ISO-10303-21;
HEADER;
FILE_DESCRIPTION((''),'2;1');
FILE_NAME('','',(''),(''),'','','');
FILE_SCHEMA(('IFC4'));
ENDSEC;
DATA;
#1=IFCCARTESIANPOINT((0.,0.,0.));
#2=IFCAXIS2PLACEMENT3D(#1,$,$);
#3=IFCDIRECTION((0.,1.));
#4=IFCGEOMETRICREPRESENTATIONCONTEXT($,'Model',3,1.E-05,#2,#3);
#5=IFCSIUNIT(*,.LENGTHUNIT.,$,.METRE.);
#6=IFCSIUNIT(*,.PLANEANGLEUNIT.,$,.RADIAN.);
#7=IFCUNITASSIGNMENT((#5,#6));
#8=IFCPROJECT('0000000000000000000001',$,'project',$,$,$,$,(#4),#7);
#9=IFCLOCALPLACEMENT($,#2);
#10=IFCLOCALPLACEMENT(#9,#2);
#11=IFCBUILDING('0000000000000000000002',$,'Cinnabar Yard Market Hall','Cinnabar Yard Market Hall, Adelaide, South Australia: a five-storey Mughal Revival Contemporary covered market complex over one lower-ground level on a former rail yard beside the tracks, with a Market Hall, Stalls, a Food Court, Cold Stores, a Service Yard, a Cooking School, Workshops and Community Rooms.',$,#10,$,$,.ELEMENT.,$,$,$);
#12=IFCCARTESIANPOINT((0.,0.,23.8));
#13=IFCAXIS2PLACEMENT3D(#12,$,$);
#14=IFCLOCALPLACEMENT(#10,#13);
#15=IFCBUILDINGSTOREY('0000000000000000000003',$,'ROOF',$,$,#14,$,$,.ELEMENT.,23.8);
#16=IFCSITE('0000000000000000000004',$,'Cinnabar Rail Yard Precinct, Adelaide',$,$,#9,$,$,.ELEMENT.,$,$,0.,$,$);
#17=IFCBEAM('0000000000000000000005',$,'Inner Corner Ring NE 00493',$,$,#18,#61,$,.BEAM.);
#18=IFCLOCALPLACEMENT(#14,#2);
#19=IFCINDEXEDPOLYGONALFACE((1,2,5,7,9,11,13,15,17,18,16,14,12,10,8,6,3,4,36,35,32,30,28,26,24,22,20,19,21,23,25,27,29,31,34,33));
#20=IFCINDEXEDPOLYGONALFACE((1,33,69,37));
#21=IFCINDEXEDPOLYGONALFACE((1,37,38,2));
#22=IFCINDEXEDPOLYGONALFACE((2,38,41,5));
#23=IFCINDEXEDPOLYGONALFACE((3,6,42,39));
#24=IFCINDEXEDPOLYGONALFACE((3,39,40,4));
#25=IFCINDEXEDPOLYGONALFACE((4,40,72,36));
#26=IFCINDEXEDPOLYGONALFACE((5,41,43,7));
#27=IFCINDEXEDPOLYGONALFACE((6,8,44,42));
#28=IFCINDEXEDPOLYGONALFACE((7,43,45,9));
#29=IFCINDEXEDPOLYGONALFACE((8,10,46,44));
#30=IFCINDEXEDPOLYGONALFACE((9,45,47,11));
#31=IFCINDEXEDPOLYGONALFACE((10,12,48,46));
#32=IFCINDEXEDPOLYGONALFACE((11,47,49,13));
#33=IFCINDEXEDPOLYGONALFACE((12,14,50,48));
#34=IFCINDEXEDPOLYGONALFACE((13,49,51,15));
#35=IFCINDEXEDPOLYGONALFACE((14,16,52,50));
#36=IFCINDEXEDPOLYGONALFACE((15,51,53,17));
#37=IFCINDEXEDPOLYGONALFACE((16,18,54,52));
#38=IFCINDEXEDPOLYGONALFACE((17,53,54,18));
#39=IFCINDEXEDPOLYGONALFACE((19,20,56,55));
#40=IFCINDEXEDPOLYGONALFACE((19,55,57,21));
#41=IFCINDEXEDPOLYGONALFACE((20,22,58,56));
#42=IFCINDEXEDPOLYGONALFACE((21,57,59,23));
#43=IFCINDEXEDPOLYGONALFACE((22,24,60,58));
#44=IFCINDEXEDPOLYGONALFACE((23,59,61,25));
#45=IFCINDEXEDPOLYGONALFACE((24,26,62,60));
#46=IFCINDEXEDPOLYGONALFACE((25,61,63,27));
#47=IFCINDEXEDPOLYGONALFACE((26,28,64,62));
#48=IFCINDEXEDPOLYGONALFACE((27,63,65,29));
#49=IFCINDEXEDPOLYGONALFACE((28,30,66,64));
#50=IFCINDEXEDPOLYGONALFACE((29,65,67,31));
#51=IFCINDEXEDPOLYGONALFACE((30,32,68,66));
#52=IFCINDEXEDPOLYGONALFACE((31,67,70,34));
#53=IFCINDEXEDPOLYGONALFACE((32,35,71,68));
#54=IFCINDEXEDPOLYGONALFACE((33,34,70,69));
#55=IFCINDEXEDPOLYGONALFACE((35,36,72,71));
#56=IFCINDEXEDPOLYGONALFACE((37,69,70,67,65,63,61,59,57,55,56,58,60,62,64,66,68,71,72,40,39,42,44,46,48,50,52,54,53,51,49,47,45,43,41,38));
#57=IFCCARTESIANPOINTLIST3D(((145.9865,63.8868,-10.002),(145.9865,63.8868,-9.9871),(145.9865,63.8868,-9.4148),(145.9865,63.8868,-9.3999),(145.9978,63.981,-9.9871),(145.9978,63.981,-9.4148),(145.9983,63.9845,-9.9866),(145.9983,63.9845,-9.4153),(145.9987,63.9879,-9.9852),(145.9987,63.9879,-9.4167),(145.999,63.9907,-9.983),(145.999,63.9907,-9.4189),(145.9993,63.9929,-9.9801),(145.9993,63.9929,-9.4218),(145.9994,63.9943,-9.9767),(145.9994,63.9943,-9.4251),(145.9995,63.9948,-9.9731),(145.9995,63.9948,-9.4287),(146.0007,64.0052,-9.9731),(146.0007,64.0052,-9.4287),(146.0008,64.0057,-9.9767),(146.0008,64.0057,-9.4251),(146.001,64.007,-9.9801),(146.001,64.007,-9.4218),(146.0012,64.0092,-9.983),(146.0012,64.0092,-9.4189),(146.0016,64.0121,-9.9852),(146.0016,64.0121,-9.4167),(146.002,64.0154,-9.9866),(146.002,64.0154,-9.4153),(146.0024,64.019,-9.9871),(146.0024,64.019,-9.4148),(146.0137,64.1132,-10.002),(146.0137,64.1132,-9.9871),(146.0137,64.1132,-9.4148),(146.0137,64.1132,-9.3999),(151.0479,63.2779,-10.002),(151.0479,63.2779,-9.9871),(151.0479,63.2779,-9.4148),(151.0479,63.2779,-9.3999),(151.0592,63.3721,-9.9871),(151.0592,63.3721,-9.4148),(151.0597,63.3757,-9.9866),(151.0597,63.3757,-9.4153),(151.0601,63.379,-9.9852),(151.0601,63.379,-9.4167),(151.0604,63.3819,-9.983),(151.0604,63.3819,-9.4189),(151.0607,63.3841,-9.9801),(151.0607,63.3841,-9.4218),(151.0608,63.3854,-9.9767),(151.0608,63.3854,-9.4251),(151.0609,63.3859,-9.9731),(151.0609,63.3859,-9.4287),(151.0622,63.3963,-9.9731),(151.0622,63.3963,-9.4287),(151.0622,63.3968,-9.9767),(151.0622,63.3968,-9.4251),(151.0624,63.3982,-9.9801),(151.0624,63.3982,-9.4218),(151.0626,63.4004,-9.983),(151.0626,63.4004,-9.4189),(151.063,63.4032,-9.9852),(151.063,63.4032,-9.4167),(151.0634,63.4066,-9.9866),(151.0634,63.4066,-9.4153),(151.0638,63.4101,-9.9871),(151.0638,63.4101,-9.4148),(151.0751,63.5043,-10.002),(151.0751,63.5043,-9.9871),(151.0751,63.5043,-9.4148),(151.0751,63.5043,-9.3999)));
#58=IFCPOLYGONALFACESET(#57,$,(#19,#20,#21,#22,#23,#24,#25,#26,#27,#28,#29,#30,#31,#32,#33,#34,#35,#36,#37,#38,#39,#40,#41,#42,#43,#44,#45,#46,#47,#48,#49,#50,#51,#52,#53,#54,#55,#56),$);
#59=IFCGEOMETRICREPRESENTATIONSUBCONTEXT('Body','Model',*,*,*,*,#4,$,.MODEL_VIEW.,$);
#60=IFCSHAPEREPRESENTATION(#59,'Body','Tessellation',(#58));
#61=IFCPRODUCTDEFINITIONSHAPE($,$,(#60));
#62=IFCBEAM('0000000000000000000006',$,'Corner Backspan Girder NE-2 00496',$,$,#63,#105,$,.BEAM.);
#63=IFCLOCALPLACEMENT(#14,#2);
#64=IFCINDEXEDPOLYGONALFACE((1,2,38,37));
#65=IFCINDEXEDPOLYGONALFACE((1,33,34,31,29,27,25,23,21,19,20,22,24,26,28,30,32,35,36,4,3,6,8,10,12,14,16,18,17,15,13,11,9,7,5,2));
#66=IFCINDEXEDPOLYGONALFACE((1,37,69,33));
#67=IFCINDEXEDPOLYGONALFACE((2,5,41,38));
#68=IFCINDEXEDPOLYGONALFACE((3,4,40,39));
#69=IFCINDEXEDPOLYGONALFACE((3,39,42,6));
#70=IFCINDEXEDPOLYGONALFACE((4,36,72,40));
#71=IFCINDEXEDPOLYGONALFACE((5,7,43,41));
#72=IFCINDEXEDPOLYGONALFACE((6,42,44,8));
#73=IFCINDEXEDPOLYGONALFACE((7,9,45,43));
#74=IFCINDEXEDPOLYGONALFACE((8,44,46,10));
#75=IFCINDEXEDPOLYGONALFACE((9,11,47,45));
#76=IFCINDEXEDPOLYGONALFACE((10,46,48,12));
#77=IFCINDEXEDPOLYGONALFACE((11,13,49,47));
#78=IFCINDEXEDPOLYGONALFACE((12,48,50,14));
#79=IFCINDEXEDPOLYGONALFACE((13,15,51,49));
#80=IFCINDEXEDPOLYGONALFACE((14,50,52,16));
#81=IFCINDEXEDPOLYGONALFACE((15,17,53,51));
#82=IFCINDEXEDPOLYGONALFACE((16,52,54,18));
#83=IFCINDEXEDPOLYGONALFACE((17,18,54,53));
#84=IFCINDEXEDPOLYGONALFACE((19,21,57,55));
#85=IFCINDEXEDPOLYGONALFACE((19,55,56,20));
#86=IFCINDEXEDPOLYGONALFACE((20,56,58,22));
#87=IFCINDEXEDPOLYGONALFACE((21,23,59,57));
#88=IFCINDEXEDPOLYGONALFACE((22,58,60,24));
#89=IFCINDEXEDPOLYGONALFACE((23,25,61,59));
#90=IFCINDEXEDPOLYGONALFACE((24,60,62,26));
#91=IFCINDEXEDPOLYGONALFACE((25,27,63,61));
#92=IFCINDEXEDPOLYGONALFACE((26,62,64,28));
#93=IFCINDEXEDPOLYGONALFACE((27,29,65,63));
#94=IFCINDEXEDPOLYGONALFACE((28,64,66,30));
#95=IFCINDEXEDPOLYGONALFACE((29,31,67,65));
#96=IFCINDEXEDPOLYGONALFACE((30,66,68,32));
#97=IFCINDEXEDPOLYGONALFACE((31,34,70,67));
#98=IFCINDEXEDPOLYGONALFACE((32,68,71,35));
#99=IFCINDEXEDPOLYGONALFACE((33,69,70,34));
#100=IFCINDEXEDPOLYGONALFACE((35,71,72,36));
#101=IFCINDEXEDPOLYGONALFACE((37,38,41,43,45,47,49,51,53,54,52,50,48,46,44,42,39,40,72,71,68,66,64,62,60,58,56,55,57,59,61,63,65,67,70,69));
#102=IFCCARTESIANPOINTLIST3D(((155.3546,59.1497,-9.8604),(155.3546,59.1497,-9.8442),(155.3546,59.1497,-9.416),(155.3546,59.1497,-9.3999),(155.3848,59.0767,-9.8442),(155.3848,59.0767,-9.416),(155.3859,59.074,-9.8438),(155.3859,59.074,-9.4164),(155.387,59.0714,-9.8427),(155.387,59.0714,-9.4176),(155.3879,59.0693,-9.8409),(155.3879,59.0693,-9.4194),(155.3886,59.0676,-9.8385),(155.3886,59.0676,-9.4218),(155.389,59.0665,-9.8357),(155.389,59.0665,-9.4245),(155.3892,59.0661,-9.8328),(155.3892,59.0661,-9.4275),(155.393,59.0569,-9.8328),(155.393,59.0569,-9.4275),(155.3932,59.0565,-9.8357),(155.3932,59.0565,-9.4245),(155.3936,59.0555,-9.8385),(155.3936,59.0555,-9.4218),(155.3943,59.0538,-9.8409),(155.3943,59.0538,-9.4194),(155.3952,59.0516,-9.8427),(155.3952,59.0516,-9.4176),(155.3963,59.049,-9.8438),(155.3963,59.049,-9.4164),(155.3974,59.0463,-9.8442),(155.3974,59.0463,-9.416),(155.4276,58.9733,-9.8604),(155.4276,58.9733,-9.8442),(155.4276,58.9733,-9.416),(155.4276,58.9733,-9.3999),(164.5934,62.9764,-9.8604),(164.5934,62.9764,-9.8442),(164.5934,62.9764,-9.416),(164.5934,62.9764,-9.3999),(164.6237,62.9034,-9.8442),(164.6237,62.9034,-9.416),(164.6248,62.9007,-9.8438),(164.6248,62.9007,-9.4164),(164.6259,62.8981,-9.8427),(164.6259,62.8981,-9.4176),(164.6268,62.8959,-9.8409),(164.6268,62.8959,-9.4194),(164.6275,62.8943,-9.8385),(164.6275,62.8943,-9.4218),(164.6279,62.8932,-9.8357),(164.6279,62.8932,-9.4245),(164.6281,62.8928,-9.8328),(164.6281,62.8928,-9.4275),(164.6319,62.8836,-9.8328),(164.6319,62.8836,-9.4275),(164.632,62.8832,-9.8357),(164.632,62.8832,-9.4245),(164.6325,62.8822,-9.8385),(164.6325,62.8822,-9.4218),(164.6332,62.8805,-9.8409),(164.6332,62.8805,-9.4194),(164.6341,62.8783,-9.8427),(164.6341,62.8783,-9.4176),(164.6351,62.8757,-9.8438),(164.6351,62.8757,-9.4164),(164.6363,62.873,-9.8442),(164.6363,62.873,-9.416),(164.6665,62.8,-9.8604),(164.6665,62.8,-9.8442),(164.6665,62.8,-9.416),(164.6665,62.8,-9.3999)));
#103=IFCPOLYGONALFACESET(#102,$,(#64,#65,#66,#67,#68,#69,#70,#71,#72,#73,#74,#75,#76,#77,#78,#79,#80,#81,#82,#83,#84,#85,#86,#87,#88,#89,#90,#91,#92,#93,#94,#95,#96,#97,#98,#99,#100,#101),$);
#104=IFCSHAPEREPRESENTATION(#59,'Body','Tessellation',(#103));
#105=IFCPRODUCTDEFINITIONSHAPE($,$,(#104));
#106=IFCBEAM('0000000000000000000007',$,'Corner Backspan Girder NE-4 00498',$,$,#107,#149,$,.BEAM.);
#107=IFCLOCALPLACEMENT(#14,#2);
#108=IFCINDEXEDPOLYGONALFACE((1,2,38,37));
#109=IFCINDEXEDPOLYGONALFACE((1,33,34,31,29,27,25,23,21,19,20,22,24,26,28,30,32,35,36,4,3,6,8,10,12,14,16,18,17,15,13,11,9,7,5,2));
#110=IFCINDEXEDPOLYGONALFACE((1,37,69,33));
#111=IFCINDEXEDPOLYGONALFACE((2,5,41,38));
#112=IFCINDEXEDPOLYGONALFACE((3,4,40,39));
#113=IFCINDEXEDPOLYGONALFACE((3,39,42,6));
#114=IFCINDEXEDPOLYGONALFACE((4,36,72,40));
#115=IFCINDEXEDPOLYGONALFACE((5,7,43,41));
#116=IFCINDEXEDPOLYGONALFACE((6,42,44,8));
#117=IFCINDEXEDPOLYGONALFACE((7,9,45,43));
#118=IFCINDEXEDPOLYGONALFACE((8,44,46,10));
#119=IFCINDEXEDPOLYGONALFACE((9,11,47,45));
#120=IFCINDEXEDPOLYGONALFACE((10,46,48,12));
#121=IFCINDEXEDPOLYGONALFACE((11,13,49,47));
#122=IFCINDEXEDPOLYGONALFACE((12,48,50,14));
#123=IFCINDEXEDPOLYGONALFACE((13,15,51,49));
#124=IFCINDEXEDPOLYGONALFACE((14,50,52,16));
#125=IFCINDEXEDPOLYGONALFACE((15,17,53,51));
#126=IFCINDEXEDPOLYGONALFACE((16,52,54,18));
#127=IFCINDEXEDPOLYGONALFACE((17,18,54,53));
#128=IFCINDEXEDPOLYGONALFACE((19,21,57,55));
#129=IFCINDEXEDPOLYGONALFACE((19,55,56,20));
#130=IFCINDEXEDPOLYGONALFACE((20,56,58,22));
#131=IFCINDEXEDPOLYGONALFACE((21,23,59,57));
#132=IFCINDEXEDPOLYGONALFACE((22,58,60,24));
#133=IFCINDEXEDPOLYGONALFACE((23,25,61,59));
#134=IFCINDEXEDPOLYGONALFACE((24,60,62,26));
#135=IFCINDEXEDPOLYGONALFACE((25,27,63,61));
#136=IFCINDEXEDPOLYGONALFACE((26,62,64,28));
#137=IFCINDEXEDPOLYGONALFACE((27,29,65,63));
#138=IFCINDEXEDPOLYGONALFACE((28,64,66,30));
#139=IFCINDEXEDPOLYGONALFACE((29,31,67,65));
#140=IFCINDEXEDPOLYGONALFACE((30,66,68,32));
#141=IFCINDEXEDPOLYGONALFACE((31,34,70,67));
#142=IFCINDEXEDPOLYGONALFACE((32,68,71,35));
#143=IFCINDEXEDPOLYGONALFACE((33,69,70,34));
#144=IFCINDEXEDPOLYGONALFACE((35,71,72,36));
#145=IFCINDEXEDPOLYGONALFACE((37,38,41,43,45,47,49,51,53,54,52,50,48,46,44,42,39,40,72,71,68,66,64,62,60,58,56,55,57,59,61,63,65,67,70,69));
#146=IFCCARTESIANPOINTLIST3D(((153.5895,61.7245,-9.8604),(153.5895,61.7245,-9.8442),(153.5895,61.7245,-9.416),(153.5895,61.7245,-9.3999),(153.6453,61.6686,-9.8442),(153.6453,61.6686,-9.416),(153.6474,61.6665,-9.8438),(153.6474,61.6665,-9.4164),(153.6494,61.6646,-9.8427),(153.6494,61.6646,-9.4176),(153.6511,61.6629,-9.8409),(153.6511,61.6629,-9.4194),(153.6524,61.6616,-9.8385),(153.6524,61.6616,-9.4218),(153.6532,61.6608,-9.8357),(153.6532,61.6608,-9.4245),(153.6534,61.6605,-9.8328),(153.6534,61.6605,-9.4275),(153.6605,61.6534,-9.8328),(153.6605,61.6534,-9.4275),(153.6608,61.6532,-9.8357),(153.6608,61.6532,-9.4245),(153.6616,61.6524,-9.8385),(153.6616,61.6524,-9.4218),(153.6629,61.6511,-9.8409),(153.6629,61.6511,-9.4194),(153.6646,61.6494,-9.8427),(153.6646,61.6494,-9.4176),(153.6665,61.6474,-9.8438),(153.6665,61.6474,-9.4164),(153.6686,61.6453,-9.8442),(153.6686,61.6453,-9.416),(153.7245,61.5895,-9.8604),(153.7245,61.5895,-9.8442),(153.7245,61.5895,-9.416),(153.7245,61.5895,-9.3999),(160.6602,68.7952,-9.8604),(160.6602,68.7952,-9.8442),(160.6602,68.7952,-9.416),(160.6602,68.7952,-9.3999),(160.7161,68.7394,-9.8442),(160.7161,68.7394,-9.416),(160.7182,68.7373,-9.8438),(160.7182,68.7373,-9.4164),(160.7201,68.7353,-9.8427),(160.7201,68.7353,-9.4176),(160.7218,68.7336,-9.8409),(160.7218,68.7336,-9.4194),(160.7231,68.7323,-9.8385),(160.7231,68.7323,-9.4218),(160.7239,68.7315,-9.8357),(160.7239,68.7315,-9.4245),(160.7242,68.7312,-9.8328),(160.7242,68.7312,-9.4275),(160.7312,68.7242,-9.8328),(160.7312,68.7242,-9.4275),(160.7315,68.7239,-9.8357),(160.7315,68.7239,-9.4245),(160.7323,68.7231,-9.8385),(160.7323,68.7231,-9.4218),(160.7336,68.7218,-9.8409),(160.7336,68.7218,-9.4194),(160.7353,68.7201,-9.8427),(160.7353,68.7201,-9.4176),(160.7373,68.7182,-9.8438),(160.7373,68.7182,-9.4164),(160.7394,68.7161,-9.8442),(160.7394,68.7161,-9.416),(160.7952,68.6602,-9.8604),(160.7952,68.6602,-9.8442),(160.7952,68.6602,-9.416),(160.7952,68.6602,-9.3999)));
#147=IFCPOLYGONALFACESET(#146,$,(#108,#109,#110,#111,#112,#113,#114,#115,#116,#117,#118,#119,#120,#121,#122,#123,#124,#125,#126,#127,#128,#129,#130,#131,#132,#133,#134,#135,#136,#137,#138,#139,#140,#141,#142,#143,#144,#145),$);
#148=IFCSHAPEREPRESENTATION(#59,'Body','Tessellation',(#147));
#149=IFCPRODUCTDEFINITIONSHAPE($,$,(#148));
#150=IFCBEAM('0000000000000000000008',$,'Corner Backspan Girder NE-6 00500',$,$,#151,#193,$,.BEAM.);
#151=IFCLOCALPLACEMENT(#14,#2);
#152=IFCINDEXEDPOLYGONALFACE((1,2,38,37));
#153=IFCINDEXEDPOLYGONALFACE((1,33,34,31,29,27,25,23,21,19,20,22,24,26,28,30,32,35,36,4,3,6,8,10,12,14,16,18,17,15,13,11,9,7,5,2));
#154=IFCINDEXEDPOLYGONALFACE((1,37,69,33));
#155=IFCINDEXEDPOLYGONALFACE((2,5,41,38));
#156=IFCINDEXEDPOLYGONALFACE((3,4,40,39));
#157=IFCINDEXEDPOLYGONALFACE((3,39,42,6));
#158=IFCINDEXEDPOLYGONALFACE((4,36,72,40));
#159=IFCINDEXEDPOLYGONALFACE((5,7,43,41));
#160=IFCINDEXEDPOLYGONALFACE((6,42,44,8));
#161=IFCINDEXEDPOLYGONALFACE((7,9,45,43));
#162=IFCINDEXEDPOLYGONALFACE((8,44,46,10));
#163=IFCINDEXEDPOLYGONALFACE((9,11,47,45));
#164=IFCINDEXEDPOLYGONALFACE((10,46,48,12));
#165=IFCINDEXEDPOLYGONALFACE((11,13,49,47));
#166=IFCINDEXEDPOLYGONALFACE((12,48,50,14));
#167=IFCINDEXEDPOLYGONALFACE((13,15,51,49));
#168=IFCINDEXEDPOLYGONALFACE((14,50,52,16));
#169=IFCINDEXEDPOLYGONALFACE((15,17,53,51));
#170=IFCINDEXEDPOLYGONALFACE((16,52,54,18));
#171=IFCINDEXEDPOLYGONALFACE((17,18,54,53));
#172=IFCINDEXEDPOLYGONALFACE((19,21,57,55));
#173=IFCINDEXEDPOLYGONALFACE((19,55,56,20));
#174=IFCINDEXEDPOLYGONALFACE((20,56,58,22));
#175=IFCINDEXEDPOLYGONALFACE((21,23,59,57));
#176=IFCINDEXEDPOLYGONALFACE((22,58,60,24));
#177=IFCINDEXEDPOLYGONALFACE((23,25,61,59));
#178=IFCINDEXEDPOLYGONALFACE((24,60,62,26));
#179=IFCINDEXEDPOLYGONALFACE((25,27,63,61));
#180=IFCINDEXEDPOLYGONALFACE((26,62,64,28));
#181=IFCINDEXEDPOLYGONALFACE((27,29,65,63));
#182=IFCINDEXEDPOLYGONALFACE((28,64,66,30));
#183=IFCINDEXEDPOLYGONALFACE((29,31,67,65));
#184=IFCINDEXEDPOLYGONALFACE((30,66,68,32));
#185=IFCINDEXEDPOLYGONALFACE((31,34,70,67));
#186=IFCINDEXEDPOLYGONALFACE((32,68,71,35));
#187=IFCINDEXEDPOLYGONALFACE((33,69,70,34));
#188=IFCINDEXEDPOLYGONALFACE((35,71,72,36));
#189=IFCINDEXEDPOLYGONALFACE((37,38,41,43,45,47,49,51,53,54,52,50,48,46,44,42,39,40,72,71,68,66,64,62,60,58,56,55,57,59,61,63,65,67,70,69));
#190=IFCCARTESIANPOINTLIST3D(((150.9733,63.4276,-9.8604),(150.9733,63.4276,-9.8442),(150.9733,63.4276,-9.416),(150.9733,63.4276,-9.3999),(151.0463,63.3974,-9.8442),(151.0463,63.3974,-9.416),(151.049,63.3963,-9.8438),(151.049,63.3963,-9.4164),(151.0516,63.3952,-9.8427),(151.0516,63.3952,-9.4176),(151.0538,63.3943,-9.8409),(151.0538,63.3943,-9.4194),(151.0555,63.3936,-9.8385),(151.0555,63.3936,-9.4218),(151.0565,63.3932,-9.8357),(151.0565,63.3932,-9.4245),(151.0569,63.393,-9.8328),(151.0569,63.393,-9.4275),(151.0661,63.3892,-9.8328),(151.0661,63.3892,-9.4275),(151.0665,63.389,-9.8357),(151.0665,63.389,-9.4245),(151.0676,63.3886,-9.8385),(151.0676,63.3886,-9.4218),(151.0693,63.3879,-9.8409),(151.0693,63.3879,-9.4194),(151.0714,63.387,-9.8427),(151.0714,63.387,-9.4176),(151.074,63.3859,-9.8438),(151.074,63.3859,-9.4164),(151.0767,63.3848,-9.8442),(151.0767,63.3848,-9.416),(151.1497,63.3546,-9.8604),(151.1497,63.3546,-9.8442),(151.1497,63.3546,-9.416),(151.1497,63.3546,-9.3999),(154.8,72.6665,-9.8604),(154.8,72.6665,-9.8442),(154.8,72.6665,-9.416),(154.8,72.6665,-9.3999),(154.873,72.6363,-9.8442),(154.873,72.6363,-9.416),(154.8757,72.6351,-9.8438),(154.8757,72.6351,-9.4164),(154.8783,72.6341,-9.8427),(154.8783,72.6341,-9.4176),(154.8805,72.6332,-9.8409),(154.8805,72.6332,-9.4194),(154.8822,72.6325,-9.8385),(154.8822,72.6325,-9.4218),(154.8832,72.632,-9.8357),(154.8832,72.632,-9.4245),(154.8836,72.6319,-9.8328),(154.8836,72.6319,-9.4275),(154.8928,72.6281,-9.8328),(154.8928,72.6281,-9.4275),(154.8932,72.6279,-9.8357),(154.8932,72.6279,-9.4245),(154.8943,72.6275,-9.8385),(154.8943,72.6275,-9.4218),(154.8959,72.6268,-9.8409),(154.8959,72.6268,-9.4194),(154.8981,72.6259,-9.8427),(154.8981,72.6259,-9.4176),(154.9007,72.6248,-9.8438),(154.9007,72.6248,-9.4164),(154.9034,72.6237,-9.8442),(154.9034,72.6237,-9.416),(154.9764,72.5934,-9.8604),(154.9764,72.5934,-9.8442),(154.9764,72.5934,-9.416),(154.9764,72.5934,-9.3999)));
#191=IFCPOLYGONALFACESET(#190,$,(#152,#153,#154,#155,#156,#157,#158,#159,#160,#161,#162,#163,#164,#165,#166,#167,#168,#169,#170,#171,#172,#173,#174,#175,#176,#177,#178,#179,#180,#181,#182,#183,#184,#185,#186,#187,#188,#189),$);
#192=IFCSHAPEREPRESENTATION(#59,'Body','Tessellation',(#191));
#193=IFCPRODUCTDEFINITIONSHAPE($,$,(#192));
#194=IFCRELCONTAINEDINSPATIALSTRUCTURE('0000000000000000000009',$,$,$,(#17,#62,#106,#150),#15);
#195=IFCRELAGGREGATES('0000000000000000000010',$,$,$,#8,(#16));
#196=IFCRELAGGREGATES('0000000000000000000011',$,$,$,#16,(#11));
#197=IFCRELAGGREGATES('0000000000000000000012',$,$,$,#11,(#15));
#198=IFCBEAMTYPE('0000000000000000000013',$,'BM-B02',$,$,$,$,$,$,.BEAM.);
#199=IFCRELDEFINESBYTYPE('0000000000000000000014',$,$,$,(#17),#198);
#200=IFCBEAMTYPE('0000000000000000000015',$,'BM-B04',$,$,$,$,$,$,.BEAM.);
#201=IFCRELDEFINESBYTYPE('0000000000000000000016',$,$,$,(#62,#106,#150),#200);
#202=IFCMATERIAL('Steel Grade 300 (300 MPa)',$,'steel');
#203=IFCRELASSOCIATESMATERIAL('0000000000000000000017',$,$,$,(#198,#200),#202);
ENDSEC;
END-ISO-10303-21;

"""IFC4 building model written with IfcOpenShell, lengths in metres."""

from ifc_helpers import new_model, si_unit, direction, frame, origin, origin_2d_with_axis, place, context, subcontext, project, spatial, i_section, extrude, material, material_profile, profile_set, type_object, element, save


model = new_model("IFC4")

# Units and contexts
model_context = context("Model", 3, precision=1e-05, world=origin(), true_north=direction((0.0, 1.0)))
body_context = subcontext(model_context, "Body", "Model", "MODEL_VIEW")
ifc_project = project(units=[si_unit("LENGTHUNIT", "METRE"), si_unit("PLANEANGLEUNIT", "RADIAN")], contexts=[model_context])

# Site, building, storey
site_placement = place(None, origin())
site = spatial("IfcSite", under=ifc_project, at=site_placement, Name="Cinnabar Rail Yard Precinct, Adelaide", CompositionType="ELEMENT", RefElevation=0.0)
building_placement = place(site_placement, origin())
building = spatial("IfcBuilding", under=site, at=building_placement, Name="Cinnabar Yard Market Hall", Description="Cinnabar Yard Market Hall, Adelaide, South Australia: a five-storey Mughal Revival Contemporary covered market complex over one lower-ground level on a former rail yard beside the tracks, with a Market Hall, Stalls, a Food Court, Cold Stores, a Service Yard, a Cooking School, Workshops and Community Rooms.", CompositionType="ELEMENT")
storey_placement = place(building_placement, frame((0.0, 0.0, 23.8)))
storey = spatial("IfcBuildingStorey", under=building, at=storey_placement, Name="ROOF", CompositionType="ELEMENT", Elevation=23.8)

# Beams
ifc_material_1 = material(Name="Steel Grade 300 (300 MPa)", Category="steel")
ifc_material_profile_1 = material_profile(ifc_material_1, i_section(OverallWidth=0.228, OverallDepth=0.6021, WebThickness=0.0105, FlangeThickness=0.0149, FilletRadius=0.0139, at=origin_2d_with_axis()), Name="610UB101")
ifc_profile_set_1 = profile_set([ifc_material_profile_1], Name="Steel Grade 300 (300 MPa)")
beam_type_1 = type_object("IfcBeamType", Name="BM-B02", PredefinedType="BEAM", material=ifc_profile_set_1)
beam_1_placement = place(storey_placement, frame((151.0615, 63.3911, -9.7009), z_axis=(-0.992842, 0.119436, 0.0), x_axis=(-0.119436, -0.992842, 0.0)))
element("IfcBeam", 1, at=beam_1_placement, inside=storey, type_object=beam_type_1, Name="Inner Corner Ring NE 00493", PredefinedType="BEAM", context=body_context, shape_type="SweptSolid", body=[
    extrude(i_section(OverallWidth=0.228, OverallDepth=0.6021, WebThickness=0.0105, FlangeThickness=0.0149, FilletRadius=0.0139, at=origin_2d_with_axis()), origin(), (0.0, 0.0, 1.0), 5.0979),
])
ifc_material_profile_2 = material_profile(ifc_material_1, i_section(OverallWidth=0.1909, OverallDepth=0.4604, WebThickness=0.01, FlangeThickness=0.0161, FilletRadius=0.0115, at=origin_2d_with_axis()), Name="460UB82.1")
ifc_profile_set_2 = profile_set([ifc_material_profile_2], Name="Steel Grade 300 (300 MPa)")
beam_type_2 = type_object("IfcBeamType", Name="BM-B04", PredefinedType="BEAM", material=ifc_profile_set_2)
beam_2_placement = place(storey_placement, frame((155.3911, 59.0615, -9.6301), z_axis=(0.923885, 0.382669, 0.0), x_axis=(-0.382669, 0.923885, 0.0)))
element("IfcBeam", 2, at=beam_2_placement, inside=storey, type_object=beam_type_2, Name="Corner Backspan Girder NE-2 00496", PredefinedType="BEAM", context=body_context, shape_type="SweptSolid", body=[
    extrude(i_section(OverallWidth=0.1909, OverallDepth=0.4604, WebThickness=0.01, FlangeThickness=0.0161, FilletRadius=0.0115, at=origin_2d_with_axis()), origin(), (0.0, 0.0, 1.0), 10.0),
])
beam_3_placement = place(storey_placement, frame((153.657, 61.657, -9.6301), z_axis=(0.707107, 0.707107, 0.0), x_axis=(-0.707107, 0.707107, 0.0)))
element("IfcBeam", 3, at=beam_3_placement, inside=storey, type_object=beam_type_2, Name="Corner Backspan Girder NE-4 00498", PredefinedType="BEAM", context=body_context, shape_type="SweptSolid", body=[
    extrude(i_section(OverallWidth=0.1909, OverallDepth=0.4604, WebThickness=0.01, FlangeThickness=0.0161, FilletRadius=0.0115, at=origin_2d_with_axis()), origin(), (0.0, 0.0, 1.0), 9.9995),
])
for number, where, z_axis, x_axis, name in (
    (4, (151.0615, 63.3911, -9.6301), (0.382669, 0.923885, 0.0), (-0.923885, 0.382669, 0.0), "Corner Backspan Girder NE-6 00500"),
):
    element("IfcBeam", number, at=place(storey_placement, frame(where, z_axis=z_axis, x_axis=x_axis)), inside=storey, type_object=beam_type_2, Name=name, PredefinedType="BEAM", context=body_context, shape_type="SweptSolid", body=[
        extrude(i_section(OverallWidth=0.1909, OverallDepth=0.4604, WebThickness=0.01, FlangeThickness=0.0161, FilletRadius=0.0115, at=origin_2d_with_axis()), origin(), (0.0, 0.0, 1.0), 10.0),
    ])

save(model, "model.ifc")
